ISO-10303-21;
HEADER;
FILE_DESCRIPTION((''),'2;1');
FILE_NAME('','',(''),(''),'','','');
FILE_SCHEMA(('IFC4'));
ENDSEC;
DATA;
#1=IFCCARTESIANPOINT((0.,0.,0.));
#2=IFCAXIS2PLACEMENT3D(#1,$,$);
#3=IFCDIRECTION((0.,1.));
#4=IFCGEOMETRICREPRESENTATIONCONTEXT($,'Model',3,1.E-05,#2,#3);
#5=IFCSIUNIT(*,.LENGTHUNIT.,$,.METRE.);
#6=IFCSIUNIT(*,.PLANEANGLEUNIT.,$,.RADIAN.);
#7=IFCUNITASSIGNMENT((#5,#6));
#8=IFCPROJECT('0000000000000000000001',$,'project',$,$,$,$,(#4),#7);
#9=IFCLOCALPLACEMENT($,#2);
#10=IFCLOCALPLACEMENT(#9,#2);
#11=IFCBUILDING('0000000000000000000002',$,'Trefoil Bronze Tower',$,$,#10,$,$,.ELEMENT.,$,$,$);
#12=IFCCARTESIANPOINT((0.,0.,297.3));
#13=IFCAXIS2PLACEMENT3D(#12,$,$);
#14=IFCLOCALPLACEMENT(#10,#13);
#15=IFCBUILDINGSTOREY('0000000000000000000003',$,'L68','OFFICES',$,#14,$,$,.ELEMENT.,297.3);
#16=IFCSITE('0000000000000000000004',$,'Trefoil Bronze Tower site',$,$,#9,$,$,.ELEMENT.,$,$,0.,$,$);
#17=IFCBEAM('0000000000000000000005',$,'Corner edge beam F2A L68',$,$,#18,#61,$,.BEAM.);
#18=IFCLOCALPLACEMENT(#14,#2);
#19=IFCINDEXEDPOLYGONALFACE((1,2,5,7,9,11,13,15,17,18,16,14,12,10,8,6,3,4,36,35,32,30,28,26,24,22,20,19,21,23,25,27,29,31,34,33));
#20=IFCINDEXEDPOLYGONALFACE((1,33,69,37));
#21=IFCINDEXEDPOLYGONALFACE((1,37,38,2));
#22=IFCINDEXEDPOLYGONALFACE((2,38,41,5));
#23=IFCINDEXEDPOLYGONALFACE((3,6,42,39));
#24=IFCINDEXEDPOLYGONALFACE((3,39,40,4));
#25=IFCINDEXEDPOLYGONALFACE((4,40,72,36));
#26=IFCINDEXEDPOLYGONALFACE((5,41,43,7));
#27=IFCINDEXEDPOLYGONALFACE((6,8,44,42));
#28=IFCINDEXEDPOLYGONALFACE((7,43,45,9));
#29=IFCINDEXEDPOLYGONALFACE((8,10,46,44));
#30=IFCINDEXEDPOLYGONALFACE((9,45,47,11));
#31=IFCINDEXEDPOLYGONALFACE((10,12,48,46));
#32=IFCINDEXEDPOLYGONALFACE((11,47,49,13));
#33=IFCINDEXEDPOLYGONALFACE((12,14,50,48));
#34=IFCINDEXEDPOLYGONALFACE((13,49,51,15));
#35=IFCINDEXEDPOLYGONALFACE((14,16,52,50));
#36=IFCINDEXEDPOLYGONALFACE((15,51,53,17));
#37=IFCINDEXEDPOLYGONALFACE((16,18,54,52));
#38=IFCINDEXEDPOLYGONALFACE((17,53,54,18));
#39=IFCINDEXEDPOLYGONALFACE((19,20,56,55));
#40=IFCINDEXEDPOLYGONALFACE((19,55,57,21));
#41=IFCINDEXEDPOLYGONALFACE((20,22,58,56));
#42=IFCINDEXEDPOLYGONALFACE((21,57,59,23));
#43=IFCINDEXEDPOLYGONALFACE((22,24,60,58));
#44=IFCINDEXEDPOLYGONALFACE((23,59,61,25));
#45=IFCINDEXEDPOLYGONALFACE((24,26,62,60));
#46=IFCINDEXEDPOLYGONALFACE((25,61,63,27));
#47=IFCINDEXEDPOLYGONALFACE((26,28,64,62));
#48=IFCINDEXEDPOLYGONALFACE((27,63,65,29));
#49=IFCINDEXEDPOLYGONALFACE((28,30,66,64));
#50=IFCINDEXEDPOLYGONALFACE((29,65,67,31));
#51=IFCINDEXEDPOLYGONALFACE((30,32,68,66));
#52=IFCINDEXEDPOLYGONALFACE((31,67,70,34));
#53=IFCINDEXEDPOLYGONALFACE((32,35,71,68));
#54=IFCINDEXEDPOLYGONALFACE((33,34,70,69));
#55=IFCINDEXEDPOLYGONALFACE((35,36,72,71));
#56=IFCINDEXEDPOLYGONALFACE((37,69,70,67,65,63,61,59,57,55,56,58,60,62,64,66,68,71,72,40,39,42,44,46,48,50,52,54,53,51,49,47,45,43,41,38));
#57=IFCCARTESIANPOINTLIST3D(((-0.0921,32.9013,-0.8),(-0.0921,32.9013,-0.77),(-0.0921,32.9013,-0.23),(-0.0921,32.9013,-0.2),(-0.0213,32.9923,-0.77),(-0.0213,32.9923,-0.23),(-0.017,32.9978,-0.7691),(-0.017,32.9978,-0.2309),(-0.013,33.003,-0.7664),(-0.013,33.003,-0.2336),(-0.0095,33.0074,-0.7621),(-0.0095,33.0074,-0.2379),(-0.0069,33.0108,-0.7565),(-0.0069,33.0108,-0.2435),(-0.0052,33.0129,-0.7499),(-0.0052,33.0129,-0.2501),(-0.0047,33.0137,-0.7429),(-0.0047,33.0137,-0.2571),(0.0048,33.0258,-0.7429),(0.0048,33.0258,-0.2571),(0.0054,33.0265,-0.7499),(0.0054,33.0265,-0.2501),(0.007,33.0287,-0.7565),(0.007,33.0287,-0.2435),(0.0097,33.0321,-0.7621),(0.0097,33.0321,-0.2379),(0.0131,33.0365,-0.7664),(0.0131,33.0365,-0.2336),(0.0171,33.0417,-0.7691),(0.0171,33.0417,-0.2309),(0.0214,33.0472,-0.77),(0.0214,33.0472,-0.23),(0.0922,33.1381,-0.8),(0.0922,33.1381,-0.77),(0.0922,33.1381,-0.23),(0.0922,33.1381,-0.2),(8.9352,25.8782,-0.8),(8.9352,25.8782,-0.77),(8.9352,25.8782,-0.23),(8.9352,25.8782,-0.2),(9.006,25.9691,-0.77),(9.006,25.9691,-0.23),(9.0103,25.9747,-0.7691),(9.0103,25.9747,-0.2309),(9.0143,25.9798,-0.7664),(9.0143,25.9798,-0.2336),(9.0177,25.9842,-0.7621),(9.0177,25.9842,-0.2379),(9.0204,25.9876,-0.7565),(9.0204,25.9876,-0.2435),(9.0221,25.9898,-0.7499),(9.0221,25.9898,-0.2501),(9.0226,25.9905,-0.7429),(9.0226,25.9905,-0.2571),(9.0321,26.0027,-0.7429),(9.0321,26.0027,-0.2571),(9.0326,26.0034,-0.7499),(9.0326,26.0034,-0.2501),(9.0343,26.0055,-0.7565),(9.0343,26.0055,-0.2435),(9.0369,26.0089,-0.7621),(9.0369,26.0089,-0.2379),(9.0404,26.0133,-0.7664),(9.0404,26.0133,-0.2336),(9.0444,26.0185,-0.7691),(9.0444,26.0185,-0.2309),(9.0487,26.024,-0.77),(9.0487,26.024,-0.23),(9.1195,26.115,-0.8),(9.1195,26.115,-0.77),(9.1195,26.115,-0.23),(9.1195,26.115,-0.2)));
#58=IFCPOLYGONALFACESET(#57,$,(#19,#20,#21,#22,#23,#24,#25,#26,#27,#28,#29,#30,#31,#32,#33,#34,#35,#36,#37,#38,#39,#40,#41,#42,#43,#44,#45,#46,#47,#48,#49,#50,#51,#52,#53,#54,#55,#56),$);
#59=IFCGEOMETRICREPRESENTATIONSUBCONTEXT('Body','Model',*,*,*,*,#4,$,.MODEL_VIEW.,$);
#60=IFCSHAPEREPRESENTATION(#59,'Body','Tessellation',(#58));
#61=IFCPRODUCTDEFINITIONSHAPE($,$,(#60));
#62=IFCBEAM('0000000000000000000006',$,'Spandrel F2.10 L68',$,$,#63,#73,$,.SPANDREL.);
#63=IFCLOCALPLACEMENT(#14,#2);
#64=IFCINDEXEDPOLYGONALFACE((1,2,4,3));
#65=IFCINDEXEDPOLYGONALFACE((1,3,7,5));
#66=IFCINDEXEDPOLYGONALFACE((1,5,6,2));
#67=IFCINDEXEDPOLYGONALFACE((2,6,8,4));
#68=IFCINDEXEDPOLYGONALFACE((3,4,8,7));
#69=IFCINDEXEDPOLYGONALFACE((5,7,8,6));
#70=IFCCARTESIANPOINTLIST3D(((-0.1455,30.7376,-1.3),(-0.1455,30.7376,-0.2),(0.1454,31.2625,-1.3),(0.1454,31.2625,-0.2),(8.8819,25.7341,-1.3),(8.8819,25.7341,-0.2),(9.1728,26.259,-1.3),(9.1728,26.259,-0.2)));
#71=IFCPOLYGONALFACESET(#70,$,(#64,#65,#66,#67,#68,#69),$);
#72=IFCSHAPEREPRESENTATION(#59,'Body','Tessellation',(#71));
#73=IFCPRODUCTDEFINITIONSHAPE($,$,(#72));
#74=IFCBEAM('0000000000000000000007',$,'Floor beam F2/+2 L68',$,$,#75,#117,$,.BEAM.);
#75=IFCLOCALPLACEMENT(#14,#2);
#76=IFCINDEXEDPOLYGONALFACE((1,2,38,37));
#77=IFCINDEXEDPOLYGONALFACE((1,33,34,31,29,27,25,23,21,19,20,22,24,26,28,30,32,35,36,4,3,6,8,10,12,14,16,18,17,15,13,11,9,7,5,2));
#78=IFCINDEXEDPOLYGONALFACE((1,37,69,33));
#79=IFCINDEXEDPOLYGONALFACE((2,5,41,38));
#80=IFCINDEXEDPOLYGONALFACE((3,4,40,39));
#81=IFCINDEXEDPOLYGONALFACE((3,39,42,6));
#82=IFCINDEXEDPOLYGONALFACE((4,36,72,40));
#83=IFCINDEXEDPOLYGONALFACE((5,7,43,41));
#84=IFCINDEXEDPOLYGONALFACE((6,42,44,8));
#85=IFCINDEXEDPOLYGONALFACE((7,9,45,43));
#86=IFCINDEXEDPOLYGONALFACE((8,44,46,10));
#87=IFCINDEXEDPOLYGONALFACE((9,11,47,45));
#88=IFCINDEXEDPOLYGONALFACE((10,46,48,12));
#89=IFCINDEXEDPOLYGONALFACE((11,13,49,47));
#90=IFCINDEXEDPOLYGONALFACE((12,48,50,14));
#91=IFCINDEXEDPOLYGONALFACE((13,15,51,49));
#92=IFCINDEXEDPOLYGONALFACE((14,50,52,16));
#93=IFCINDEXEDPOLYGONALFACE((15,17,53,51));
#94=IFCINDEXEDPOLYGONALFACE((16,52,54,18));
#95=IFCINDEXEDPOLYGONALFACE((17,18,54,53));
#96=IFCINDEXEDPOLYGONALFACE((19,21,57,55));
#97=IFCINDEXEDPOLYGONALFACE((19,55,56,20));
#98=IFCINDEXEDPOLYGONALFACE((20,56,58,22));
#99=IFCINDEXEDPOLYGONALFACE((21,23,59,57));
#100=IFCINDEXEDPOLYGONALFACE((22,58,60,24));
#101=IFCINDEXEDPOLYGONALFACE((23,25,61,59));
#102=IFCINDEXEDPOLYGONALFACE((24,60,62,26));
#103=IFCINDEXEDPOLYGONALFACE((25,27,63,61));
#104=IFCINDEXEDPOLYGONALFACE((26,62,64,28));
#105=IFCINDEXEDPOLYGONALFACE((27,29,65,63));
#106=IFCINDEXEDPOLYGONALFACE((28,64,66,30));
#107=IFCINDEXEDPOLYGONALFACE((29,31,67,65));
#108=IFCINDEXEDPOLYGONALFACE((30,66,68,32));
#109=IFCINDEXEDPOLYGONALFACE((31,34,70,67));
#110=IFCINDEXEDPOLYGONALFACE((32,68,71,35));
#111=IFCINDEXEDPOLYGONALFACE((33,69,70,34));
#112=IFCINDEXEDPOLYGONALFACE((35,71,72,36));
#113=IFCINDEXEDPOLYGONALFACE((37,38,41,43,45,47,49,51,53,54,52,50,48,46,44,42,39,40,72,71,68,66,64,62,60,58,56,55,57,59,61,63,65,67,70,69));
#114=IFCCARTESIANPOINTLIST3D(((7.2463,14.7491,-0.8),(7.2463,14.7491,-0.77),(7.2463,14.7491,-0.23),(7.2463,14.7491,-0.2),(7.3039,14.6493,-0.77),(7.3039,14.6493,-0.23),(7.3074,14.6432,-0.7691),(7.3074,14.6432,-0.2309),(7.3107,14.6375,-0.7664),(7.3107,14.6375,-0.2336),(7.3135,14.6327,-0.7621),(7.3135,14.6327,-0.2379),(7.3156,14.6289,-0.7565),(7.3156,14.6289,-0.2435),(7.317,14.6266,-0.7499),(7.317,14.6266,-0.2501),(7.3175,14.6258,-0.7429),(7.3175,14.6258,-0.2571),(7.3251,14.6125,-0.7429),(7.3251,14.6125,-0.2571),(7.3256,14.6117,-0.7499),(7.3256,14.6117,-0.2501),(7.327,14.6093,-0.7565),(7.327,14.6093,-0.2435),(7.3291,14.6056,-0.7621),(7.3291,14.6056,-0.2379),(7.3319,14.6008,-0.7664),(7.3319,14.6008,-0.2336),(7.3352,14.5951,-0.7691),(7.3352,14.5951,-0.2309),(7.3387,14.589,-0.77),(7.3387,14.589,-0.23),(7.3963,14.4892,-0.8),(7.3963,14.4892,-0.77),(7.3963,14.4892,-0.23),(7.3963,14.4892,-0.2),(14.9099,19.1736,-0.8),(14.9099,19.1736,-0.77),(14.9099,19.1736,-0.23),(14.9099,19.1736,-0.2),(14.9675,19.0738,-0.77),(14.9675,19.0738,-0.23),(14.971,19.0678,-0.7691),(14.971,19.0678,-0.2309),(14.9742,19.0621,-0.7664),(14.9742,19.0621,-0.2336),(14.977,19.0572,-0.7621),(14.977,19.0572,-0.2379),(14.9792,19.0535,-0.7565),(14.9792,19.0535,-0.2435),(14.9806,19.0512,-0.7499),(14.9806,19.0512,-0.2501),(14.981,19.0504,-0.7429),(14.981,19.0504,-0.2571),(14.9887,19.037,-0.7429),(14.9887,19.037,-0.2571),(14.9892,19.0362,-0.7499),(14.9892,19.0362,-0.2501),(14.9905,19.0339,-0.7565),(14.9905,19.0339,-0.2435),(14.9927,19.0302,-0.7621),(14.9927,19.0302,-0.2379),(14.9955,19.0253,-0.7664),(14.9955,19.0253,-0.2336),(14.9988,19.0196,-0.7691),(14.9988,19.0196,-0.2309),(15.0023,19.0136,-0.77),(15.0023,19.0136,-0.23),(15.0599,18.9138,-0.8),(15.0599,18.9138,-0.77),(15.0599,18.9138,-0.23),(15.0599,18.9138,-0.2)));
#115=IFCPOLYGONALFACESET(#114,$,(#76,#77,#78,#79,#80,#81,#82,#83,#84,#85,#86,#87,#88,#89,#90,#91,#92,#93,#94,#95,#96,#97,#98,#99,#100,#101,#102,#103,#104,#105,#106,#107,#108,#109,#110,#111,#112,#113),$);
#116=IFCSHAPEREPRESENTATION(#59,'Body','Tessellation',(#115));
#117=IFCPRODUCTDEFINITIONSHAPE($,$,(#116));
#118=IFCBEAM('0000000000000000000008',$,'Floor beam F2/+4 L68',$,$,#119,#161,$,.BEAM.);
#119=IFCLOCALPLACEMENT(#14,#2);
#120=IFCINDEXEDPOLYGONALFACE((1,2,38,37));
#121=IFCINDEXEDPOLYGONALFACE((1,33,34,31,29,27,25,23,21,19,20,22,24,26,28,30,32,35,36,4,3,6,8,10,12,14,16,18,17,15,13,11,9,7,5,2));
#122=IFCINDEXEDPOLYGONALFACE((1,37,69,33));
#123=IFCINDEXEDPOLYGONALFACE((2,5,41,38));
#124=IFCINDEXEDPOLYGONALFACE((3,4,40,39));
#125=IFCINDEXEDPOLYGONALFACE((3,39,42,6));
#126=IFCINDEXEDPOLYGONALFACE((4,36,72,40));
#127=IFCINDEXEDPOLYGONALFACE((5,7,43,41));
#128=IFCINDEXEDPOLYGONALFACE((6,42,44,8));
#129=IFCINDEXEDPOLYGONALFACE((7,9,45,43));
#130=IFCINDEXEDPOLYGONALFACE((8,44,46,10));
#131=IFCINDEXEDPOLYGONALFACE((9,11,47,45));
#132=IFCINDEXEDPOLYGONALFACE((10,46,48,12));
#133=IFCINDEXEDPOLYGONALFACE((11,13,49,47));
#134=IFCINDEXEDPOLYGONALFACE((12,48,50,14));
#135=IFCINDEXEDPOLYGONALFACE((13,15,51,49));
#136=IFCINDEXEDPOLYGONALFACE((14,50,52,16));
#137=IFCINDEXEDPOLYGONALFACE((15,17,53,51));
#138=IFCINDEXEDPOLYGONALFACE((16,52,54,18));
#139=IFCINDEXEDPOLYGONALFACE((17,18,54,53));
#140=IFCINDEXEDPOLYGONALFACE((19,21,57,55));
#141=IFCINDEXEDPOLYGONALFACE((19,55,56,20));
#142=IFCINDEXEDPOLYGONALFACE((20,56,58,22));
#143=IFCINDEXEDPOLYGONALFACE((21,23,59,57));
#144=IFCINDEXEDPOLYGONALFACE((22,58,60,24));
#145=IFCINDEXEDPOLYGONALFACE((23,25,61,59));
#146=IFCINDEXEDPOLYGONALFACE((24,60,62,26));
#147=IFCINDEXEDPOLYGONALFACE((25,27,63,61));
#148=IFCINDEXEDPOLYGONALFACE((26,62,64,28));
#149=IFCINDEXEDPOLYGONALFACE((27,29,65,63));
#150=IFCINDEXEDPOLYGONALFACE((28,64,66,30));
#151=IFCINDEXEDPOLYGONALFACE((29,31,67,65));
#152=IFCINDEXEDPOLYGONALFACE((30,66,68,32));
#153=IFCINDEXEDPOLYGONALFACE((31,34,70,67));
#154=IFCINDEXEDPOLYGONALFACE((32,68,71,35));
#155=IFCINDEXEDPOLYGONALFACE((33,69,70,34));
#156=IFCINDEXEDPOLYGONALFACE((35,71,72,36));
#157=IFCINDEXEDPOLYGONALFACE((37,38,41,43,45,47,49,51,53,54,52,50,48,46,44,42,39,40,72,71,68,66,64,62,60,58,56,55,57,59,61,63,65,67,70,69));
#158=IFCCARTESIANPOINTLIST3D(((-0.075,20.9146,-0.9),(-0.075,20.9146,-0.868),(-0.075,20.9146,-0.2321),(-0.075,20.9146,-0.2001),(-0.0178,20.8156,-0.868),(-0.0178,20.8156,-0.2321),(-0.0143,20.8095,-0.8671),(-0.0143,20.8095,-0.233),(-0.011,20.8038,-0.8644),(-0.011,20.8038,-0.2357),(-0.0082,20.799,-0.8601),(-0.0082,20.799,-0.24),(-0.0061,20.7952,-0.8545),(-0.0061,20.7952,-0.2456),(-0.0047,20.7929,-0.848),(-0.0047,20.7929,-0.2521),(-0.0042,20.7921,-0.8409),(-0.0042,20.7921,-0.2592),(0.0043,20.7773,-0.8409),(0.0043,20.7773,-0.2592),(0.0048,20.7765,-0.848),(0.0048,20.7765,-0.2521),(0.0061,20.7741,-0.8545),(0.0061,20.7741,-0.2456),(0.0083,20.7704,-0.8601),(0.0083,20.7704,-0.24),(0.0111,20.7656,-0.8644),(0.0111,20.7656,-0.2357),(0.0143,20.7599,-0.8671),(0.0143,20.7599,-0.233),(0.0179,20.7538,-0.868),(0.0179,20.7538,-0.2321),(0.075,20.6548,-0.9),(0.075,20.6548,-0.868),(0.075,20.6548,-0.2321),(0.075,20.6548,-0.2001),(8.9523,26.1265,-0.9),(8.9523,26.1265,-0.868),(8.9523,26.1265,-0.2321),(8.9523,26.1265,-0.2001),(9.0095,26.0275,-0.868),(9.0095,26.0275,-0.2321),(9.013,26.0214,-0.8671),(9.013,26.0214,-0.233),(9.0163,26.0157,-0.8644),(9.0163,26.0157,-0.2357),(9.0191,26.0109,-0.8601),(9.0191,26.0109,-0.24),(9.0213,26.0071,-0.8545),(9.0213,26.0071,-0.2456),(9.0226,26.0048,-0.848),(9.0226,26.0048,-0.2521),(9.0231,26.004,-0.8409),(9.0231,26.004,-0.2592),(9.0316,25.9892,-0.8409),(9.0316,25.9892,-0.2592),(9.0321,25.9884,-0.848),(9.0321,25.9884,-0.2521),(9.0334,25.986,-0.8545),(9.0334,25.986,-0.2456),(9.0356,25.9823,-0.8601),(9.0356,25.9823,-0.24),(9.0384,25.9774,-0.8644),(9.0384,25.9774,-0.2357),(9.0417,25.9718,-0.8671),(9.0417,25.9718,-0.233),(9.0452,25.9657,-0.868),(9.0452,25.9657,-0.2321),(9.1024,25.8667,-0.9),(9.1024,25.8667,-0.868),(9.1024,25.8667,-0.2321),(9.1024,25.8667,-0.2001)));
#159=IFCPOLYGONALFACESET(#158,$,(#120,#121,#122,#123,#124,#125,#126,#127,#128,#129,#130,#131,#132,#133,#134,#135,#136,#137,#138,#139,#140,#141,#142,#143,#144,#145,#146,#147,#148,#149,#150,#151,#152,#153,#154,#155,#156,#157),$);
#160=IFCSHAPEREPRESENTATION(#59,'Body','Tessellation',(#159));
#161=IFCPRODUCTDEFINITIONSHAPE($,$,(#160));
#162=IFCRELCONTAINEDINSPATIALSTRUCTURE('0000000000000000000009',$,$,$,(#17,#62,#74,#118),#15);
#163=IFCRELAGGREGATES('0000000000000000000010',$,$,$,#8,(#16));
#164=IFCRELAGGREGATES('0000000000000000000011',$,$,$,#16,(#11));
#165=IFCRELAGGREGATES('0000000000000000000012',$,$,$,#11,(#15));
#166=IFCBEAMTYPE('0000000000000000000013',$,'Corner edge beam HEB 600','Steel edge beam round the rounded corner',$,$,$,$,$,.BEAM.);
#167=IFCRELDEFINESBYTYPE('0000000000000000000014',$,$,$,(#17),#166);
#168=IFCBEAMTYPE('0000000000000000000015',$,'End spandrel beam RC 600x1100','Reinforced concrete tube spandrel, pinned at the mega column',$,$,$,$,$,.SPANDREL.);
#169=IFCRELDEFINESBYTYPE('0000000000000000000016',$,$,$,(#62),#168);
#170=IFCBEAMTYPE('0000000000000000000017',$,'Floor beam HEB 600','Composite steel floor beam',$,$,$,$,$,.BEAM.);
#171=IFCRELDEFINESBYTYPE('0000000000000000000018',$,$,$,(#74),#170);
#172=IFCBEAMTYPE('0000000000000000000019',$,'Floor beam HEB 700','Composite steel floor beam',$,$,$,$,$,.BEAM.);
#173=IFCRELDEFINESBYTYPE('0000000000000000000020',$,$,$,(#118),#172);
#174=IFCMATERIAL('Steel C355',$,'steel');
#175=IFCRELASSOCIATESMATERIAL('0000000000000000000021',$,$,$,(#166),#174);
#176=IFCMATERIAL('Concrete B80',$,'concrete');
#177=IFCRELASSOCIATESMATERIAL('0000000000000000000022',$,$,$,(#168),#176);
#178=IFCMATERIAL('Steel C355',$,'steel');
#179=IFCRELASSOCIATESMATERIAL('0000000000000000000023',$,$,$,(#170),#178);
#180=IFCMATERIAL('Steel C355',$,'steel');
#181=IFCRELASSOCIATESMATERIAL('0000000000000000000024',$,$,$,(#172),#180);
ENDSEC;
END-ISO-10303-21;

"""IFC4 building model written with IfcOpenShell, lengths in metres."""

from ifc_helpers import new_model, si_unit, direction, frame, origin, origin_2d, place, context, subcontext, project, spatial, rectangle, i_section, extrude, material, material_profile, profile_set, type_object, element, save


model = new_model("IFC4")

# Units and contexts
model_context = context("Model", 3, precision=1e-05, world=origin(), true_north=direction((0.0, 1.0)))
body_context = subcontext(model_context, "Body", "Model", "MODEL_VIEW")
ifc_project = project(units=[si_unit("LENGTHUNIT", "METRE"), si_unit("PLANEANGLEUNIT", "RADIAN")], contexts=[model_context])

# Site, building, storey
site_placement = place(None, origin())
site = spatial("IfcSite", under=ifc_project, at=site_placement, Name="Trefoil Bronze Tower site", CompositionType="ELEMENT", RefElevation=0.0)
building_placement = place(site_placement, origin())
building = spatial("IfcBuilding", under=site, at=building_placement, Name="Trefoil Bronze Tower", CompositionType="ELEMENT")
storey_placement = place(building_placement, frame((0.0, 0.0, 297.3)))
storey = spatial("IfcBuildingStorey", under=building, at=storey_placement, Name="L68", Description="OFFICES", CompositionType="ELEMENT", Elevation=297.3)

# Beams
ifc_material_1 = material(Name="Steel C355", Category="steel")
ifc_material_profile_1 = material_profile(ifc_material_1, i_section(OverallWidth=0.3, OverallDepth=0.6001, WebThickness=0.0154, FlangeThickness=0.03, FilletRadius=0.0271, at=origin_2d()), Name="HEB 600")
ifc_profile_set_1 = profile_set([ifc_material_profile_1], Name="Steel C355")
beam_type_1 = type_object("IfcBeamType", Name="Corner edge beam HEB 600", Description="Steel edge beam round the rounded corner", PredefinedType="BEAM", material=ifc_profile_set_1)
beam_1_placement = place(storey_placement, frame((9.0273, 25.9966, -0.5), z_axis=(-0.789271, 0.614046, 0.0), x_axis=(-0.614046, -0.789271, 0.0)))
element("IfcBeam", 1, at=beam_1_placement, inside=storey, type_object=beam_type_1, Name="Corner edge beam F2A L68", PredefinedType="BEAM", context=body_context, shape_type="SweptSolid", body=[
    extrude(i_section(OverallWidth=0.3, OverallDepth=0.6001, WebThickness=0.0154, FlangeThickness=0.03, FilletRadius=0.0271, at=origin_2d()), origin(), (0.0, 0.0, 1.0), 11.4375),
])
ifc_material_2 = material(Name="Concrete B80", Category="concrete")
ifc_material_profile_2 = material_profile(ifc_material_2, rectangle(XDim=0.6001, YDim=1.1001, at=origin_2d()), Name="RC 600x1100")
ifc_profile_set_2 = profile_set([ifc_material_profile_2], Name="Concrete B80")
beam_type_2 = type_object("IfcBeamType", Name="End spandrel beam RC 600x1100", Description="Reinforced concrete tube spandrel, pinned at the mega column", PredefinedType="SPANDREL", material=ifc_profile_set_2)
beam_2_placement = place(storey_placement, frame((9.0273, 25.9966, -0.75), z_axis=(-0.874641, 0.484771, 0.0), x_axis=(-0.484771, -0.874641, 0.0)))
element("IfcBeam", 2, at=beam_2_placement, inside=storey, type_object=beam_type_2, Name="Spandrel F2.10 L68", PredefinedType="SPANDREL", context=body_context, shape_type="SweptSolid", body=[
    extrude(rectangle(XDim=0.6001, YDim=1.1001, at=origin_2d()), origin(), (0.0, 0.0, 1.0), 10.3213),
])
ifc_material_3 = material(Name="Steel C355", Category="steel")
ifc_material_profile_3 = material_profile(ifc_material_3, i_section(OverallWidth=0.3, OverallDepth=0.6001, WebThickness=0.0154, FlangeThickness=0.03, FilletRadius=0.0271, at=origin_2d()), Name="HEB 600")
ifc_profile_set_3 = profile_set([ifc_material_profile_3], Name="Steel C355")
beam_type_3 = type_object("IfcBeamType", Name="Floor beam HEB 600", Description="Composite steel floor beam", PredefinedType="BEAM", material=ifc_profile_set_3)
beam_3_placement = place(storey_placement, frame((14.9849, 19.0437, -0.5), z_axis=(-0.866026, -0.499999, 0.0), x_axis=(0.499999, -0.866026, 0.0)))
element("IfcBeam", 3, at=beam_3_placement, inside=storey, type_object=beam_type_3, Name="Floor beam F2/+2 L68", PredefinedType="BEAM", context=body_context, shape_type="SweptSolid", body=[
    extrude(i_section(OverallWidth=0.3, OverallDepth=0.6001, WebThickness=0.0154, FlangeThickness=0.03, FilletRadius=0.0271, at=origin_2d()), origin(), (0.0, 0.0, 1.0), 8.8491),
])
ifc_material_4 = material(Name="Steel C355", Category="steel")
ifc_material_profile_4 = material_profile(ifc_material_4, i_section(OverallWidth=0.3, OverallDepth=0.7, WebThickness=0.0171, FlangeThickness=0.032, FilletRadius=0.0271, at=origin_2d()), Name="HEB 700")
ifc_profile_set_4 = profile_set([ifc_material_profile_4], Name="Steel C355")
beam_type_4 = type_object("IfcBeamType", Name="Floor beam HEB 700", Description="Composite steel floor beam", PredefinedType="BEAM", material=ifc_profile_set_4)
beam_4_placement = place(storey_placement, frame((9.0273, 25.9966, -0.55), z_axis=(-0.866026, -0.499998, 0.0), x_axis=(0.499998, -0.866026, 0.0)))
element("IfcBeam", 4, at=beam_4_placement, inside=storey, type_object=beam_type_4, Name="Floor beam F2/+4 L68", PredefinedType="BEAM", context=body_context, shape_type="SweptSolid", body=[
    extrude(i_section(OverallWidth=0.3, OverallDepth=0.7, WebThickness=0.0171, FlangeThickness=0.032, FilletRadius=0.0271, at=origin_2d()), origin(), (0.0, 0.0, 1.0), 10.4238),
])

save(model, "model.ifc")
